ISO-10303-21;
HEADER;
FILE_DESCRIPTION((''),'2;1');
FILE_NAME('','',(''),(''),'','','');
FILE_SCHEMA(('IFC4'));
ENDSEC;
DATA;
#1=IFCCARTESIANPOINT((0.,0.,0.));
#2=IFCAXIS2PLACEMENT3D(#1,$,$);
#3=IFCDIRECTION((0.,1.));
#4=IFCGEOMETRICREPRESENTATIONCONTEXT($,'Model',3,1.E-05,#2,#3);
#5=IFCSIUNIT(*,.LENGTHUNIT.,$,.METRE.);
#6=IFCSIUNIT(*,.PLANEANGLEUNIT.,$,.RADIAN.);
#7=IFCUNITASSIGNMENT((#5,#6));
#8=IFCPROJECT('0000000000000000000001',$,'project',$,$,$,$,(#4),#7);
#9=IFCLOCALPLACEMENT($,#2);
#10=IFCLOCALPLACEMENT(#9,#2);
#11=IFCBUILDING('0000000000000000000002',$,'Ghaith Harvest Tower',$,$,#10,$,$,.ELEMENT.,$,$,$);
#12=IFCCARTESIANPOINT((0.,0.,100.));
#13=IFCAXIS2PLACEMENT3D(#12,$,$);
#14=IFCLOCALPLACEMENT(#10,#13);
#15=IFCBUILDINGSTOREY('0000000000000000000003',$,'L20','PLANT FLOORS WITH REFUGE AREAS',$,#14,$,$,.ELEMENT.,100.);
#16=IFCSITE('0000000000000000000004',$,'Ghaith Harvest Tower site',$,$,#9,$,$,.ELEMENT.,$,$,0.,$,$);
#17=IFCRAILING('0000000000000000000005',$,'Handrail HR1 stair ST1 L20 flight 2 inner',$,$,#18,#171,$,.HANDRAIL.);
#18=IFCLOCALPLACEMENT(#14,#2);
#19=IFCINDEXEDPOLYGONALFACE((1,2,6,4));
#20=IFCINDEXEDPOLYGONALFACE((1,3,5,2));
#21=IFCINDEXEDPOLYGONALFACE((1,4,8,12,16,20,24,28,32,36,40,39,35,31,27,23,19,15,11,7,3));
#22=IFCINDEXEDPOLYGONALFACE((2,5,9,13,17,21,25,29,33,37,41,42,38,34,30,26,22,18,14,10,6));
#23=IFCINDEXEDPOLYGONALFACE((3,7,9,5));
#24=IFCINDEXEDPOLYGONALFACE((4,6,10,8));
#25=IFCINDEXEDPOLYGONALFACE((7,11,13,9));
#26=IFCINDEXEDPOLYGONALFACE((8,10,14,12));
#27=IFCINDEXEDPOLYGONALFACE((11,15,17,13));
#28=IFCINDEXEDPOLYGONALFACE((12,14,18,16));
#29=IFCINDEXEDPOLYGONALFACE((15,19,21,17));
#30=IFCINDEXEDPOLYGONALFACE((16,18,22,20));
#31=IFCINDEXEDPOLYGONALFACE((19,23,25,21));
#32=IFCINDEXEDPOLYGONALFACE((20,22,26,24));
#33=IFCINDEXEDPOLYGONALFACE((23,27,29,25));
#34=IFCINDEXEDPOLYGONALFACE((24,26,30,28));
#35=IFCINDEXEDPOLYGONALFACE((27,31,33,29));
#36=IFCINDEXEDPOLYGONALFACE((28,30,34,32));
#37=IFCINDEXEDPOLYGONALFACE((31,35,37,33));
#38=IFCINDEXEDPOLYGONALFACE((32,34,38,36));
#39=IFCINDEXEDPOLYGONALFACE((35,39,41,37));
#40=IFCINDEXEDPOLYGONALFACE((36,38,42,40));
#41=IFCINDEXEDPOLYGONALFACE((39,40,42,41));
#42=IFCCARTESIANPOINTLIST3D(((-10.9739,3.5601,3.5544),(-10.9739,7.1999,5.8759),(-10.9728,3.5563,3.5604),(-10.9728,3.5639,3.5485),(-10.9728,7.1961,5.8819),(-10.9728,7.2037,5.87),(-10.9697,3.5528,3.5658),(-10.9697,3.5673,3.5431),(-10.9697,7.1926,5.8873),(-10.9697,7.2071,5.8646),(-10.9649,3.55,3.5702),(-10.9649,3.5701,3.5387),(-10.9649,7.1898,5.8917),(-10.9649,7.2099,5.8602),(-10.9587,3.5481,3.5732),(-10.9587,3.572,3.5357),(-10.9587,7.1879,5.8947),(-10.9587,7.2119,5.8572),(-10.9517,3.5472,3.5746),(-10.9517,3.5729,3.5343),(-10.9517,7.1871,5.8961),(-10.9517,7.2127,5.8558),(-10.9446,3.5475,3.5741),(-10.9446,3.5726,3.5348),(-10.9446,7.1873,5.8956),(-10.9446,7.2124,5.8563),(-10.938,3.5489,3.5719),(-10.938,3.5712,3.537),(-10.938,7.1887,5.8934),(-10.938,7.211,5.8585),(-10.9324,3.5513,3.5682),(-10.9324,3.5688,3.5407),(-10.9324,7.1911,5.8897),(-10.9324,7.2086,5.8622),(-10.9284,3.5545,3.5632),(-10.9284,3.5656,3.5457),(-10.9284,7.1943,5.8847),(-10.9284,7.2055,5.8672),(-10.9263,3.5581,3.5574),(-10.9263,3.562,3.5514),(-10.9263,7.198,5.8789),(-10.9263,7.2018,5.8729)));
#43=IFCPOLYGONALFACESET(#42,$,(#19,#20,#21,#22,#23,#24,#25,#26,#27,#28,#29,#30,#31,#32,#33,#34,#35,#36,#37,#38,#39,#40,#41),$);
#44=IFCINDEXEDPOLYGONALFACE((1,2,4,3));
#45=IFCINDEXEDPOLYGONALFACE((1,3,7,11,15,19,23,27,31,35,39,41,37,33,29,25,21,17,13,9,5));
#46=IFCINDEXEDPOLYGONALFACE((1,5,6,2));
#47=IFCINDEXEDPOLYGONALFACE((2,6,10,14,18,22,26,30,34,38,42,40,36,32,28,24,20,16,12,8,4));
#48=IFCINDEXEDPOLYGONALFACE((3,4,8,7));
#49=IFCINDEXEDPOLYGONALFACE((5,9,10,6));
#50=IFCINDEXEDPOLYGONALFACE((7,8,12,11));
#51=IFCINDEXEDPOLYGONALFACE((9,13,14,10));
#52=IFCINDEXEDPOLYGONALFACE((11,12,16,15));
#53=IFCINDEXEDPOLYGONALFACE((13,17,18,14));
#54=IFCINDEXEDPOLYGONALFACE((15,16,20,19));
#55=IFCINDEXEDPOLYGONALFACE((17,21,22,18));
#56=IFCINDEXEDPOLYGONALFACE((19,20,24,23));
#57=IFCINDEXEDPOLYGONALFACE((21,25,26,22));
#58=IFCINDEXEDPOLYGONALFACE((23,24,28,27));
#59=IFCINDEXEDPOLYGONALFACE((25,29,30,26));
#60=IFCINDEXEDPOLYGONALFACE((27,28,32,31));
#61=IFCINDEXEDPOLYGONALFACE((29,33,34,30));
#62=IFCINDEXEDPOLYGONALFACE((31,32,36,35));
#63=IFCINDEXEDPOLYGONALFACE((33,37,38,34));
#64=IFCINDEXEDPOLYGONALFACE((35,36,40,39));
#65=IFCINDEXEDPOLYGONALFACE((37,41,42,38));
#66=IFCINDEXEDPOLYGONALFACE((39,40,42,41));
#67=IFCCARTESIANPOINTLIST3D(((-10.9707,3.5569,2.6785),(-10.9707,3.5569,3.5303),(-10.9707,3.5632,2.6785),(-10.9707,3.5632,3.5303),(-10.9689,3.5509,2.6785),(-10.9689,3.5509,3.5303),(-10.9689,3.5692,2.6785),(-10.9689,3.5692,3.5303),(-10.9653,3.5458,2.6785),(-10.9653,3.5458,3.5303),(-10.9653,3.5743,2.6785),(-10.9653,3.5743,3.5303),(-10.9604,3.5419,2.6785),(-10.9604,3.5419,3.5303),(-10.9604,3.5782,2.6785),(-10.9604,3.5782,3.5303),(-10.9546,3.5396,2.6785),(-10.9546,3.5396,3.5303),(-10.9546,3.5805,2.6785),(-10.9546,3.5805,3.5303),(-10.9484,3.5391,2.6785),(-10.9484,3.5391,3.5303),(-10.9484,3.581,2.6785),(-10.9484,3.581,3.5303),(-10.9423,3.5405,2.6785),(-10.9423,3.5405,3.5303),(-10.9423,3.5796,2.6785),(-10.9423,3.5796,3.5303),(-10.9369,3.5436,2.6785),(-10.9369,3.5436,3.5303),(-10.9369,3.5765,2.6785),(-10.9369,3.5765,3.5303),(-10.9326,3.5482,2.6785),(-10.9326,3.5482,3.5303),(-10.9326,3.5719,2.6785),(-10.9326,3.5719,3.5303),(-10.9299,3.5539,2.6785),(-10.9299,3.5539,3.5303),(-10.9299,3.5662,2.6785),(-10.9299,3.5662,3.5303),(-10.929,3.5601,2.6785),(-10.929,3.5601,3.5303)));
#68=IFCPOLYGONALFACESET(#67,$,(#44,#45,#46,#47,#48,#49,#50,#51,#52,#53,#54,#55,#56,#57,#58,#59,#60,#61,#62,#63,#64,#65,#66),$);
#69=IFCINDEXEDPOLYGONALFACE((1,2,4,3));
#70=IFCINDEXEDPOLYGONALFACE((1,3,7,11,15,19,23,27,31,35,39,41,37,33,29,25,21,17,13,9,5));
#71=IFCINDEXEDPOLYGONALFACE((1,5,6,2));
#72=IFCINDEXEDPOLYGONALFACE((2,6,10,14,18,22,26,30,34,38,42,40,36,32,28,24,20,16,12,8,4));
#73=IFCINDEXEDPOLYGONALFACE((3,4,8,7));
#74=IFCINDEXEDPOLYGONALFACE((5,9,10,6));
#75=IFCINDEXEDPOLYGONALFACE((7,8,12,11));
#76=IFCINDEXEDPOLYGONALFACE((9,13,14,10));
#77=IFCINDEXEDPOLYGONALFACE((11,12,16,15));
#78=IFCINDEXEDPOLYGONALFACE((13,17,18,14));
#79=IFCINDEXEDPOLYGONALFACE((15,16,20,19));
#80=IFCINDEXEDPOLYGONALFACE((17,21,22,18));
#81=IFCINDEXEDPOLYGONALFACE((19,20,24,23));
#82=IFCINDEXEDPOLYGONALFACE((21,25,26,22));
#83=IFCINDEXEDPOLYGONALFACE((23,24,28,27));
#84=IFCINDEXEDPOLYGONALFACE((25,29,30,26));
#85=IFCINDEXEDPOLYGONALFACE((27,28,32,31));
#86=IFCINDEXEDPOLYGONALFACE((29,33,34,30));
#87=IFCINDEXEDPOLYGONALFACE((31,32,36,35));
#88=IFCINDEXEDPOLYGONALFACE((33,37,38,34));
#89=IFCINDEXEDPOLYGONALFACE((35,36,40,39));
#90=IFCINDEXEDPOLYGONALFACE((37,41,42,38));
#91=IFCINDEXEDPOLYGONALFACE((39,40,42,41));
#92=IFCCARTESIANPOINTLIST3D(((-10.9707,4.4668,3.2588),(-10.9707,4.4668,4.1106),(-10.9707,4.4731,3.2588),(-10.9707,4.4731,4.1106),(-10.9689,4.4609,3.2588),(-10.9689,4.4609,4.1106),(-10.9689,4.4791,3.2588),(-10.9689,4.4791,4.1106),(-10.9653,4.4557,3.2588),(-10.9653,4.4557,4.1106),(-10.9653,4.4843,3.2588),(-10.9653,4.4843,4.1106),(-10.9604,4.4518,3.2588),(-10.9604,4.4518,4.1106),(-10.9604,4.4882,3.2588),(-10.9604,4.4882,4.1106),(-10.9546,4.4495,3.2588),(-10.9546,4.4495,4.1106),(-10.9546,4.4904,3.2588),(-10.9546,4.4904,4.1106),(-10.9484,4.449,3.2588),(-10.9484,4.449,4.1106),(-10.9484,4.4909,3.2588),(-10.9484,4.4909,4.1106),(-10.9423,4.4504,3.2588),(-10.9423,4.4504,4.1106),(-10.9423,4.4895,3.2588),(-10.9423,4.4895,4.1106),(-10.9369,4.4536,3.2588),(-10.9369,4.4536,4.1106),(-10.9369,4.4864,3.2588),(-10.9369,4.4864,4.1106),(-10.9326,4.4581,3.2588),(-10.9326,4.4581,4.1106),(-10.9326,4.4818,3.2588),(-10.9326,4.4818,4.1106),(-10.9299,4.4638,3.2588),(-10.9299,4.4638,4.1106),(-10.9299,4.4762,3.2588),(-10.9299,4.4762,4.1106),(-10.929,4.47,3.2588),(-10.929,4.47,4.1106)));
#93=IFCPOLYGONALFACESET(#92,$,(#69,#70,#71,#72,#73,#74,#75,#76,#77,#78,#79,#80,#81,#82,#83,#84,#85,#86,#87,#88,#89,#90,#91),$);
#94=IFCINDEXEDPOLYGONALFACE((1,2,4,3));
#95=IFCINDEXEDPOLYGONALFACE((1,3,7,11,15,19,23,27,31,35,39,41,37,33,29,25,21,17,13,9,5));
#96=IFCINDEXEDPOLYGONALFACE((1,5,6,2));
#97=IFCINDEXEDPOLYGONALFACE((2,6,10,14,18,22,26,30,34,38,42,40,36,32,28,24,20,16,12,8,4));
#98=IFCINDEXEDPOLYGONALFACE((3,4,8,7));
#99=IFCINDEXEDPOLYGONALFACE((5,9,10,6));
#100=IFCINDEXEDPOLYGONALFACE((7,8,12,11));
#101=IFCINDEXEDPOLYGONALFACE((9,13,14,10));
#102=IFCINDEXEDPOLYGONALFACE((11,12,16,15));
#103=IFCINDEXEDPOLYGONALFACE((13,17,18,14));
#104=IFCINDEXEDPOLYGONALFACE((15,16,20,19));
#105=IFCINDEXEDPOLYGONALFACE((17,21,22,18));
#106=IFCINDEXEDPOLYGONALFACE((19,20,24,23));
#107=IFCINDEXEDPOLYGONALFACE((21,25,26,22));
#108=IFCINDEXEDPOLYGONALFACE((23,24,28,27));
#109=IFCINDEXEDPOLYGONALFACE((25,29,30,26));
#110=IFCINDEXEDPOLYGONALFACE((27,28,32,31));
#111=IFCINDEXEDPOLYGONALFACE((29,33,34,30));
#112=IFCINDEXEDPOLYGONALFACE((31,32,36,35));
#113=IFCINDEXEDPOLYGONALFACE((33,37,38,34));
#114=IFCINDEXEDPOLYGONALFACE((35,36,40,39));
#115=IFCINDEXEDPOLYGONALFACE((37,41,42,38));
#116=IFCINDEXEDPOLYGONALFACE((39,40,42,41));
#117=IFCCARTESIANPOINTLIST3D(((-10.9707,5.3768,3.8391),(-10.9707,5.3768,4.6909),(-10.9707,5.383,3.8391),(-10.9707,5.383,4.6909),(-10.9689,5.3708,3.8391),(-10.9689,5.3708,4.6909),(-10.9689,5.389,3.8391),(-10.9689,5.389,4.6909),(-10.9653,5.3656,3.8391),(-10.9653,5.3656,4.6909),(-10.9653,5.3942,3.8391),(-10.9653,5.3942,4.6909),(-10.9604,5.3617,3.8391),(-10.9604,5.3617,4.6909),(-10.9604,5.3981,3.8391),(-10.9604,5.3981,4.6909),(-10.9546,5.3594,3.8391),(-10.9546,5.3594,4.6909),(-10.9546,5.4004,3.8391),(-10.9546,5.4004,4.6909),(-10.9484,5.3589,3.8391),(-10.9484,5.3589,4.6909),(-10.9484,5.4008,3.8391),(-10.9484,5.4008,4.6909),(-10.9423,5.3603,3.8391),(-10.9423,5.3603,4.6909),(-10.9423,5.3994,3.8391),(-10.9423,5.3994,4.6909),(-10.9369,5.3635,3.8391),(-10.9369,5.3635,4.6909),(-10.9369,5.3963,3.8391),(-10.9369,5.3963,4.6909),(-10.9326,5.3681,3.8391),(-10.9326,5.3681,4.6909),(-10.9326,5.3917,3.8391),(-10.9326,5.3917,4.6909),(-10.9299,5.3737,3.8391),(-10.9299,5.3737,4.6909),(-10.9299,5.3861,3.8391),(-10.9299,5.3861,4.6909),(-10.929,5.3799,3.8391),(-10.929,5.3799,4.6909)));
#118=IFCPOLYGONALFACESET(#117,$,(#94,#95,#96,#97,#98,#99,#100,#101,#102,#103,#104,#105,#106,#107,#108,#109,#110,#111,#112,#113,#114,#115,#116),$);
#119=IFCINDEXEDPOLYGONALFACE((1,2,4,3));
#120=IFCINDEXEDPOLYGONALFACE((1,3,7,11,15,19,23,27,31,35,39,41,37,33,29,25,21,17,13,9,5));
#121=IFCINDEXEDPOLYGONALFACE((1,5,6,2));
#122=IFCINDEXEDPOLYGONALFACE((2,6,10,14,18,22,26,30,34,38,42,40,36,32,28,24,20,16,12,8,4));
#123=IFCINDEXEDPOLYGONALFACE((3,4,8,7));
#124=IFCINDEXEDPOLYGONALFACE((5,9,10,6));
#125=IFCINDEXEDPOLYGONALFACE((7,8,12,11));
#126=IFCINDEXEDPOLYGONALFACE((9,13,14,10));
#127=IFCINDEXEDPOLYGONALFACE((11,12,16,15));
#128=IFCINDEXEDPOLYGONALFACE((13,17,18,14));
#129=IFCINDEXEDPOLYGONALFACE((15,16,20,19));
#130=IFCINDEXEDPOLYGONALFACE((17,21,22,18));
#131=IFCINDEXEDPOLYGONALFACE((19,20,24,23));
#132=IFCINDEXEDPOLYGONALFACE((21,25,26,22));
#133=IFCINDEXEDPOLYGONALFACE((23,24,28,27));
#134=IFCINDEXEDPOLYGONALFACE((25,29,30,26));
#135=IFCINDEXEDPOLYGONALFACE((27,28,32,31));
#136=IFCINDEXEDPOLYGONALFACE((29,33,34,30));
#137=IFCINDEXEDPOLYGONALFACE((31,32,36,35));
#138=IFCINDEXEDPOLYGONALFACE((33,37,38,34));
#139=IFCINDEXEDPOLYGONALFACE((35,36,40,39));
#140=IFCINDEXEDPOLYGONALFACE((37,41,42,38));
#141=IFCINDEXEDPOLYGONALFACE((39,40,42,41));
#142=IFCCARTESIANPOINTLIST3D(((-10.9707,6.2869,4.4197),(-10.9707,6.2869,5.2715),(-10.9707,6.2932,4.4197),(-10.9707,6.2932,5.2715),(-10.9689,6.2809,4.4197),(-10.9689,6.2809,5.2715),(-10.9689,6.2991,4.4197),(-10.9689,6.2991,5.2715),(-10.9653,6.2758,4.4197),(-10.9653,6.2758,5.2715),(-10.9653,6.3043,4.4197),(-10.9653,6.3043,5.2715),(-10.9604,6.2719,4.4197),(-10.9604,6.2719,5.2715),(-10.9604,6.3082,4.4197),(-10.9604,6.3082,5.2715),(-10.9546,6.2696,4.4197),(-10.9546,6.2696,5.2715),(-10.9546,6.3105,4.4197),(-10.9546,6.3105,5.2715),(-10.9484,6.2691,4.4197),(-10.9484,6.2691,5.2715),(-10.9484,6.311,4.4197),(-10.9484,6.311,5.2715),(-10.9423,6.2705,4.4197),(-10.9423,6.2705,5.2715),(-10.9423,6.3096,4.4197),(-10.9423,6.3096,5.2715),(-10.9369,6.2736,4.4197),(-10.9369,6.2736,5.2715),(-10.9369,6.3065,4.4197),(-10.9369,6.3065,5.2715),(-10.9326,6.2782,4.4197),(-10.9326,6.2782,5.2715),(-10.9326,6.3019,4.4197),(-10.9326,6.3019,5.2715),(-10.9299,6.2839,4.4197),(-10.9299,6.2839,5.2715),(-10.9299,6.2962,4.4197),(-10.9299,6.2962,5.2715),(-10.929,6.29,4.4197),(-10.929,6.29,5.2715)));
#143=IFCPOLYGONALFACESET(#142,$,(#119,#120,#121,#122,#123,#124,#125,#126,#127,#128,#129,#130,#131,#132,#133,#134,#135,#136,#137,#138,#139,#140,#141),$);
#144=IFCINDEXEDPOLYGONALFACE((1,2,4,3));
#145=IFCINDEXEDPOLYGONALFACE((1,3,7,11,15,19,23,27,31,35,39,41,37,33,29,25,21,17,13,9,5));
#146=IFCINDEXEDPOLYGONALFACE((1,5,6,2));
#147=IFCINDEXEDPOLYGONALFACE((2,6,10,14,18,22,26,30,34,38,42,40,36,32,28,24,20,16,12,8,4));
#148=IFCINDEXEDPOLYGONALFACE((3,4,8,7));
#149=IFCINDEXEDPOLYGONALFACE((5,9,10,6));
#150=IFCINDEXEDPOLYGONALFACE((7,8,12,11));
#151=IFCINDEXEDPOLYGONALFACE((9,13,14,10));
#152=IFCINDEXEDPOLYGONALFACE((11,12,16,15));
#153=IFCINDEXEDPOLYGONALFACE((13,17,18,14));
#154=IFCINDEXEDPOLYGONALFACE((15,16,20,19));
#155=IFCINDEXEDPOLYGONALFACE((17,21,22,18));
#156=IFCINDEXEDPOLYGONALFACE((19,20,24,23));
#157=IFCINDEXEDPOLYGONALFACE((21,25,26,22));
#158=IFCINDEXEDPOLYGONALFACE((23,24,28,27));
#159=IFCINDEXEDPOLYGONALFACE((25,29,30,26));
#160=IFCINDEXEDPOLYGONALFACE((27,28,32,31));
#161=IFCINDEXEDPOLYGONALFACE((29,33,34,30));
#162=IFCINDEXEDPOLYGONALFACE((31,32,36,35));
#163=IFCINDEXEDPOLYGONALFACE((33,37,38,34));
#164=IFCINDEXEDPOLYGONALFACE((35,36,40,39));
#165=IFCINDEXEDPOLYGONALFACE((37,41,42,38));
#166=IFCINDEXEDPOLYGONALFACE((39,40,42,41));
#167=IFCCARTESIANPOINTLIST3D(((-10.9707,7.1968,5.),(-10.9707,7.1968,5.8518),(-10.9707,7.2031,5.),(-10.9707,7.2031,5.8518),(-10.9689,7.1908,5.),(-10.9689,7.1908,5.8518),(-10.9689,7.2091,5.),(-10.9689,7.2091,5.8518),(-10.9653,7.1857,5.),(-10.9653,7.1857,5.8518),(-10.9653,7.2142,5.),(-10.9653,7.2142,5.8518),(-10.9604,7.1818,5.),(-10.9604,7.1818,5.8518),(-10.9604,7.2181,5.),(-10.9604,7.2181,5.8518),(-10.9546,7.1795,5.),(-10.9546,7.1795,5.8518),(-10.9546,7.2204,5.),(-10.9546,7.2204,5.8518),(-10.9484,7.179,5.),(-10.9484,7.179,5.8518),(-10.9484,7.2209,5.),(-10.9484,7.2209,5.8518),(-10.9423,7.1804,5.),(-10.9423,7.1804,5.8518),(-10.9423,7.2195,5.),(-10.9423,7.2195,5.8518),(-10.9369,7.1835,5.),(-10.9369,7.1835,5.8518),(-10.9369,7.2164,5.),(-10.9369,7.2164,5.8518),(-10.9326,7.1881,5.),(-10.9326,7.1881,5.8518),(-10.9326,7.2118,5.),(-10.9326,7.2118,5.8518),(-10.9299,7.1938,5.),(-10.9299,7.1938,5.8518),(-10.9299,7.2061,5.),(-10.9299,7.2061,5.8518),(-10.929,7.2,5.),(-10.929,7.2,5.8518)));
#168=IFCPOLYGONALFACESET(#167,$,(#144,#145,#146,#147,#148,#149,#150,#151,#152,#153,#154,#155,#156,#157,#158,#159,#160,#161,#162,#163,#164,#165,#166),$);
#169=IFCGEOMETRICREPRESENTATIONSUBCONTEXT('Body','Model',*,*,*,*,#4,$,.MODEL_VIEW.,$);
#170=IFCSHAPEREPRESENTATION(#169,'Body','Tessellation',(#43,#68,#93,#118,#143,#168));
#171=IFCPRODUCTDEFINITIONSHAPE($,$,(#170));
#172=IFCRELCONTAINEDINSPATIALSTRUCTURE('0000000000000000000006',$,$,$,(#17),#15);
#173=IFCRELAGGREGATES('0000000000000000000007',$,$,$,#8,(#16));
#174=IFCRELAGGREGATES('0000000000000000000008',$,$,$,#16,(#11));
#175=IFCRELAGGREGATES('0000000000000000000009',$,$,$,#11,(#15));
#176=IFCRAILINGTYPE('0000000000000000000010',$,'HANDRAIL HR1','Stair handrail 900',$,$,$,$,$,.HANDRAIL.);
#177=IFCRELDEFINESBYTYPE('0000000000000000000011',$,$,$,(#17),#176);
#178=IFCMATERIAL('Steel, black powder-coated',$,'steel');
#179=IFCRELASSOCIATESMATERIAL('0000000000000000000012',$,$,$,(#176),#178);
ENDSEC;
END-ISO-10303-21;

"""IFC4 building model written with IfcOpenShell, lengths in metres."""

from ifc_helpers import new_model, si_unit, direction, frame, origin, origin_2d, place, context, subcontext, project, spatial, circle, extrude, material, type_object, element, save


model = new_model("IFC4")

# Units and contexts
model_context = context("Model", 3, precision=1e-05, world=origin(), true_north=direction((0.0, 1.0)))
body_context = subcontext(model_context, "Body", "Model", "MODEL_VIEW")
ifc_project = project(units=[si_unit("LENGTHUNIT", "METRE"), si_unit("PLANEANGLEUNIT", "RADIAN")], contexts=[model_context])

# Site, building, storey
site_placement = place(None, origin())
site = spatial("IfcSite", under=ifc_project, at=site_placement, Name="Ghaith Harvest Tower site", CompositionType="ELEMENT", RefElevation=0.0)
building_placement = place(site_placement, origin())
building = spatial("IfcBuilding", under=site, at=building_placement, Name="Ghaith Harvest Tower", CompositionType="ELEMENT")
storey_placement = place(building_placement, frame((0.0, 0.0, 100.0)))
storey = spatial("IfcBuildingStorey", under=building, at=storey_placement, Name="L20", Description="PLANT FLOORS WITH REFUGE AREAS", CompositionType="ELEMENT", Elevation=100.0)

# Railing
ifc_material_1 = material(Name="Steel, black powder-coated", Category="steel")
railing_type = type_object("IfcRailingType", Name="HANDRAIL HR1", Description="Stair handrail 900", PredefinedType="HANDRAIL", material=ifc_material_1)
railing_1_placement = place(storey_placement, frame((-10.95, 3.5601, 2.6785)))
element("IfcRailing", 1, at=railing_1_placement, inside=storey, type_object=railing_type, Name="Handrail HR1 stair ST1 L20 flight 2 inner", PredefinedType="HANDRAIL", context=body_context, shape_type="SweptSolid", body=[
    extrude(circle(Radius=0.0239, at=origin_2d()), frame((0.0, 0.0, 0.876), z_axis=(0.0, 0.843112, 0.537739), x_axis=(-1.0, 0.0, 0.0)), (0.0, 0.0, 1.0), 4.3171),
    extrude(circle(Radius=0.021, at=origin_2d()), origin(), (0.0, 0.0, 1.0), 0.8518),
    extrude(circle(Radius=0.021, at=origin_2d()), frame((0.0, 0.9099, 0.5803)), (0.0, 0.0, 1.0), 0.8518),
    extrude(circle(Radius=0.021, at=origin_2d()), frame((0.0, 1.8198, 1.1606)), (0.0, 0.0, 1.0), 0.8518),
    extrude(circle(Radius=0.021, at=origin_2d()), frame((0.0, 2.73, 1.7412)), (0.0, 0.0, 1.0), 0.8518),
    extrude(circle(Radius=0.021, at=origin_2d()), frame((0.0, 3.6399, 2.3215)), (0.0, 0.0, 1.0), 0.8518),
])

save(model, "model.ifc")
